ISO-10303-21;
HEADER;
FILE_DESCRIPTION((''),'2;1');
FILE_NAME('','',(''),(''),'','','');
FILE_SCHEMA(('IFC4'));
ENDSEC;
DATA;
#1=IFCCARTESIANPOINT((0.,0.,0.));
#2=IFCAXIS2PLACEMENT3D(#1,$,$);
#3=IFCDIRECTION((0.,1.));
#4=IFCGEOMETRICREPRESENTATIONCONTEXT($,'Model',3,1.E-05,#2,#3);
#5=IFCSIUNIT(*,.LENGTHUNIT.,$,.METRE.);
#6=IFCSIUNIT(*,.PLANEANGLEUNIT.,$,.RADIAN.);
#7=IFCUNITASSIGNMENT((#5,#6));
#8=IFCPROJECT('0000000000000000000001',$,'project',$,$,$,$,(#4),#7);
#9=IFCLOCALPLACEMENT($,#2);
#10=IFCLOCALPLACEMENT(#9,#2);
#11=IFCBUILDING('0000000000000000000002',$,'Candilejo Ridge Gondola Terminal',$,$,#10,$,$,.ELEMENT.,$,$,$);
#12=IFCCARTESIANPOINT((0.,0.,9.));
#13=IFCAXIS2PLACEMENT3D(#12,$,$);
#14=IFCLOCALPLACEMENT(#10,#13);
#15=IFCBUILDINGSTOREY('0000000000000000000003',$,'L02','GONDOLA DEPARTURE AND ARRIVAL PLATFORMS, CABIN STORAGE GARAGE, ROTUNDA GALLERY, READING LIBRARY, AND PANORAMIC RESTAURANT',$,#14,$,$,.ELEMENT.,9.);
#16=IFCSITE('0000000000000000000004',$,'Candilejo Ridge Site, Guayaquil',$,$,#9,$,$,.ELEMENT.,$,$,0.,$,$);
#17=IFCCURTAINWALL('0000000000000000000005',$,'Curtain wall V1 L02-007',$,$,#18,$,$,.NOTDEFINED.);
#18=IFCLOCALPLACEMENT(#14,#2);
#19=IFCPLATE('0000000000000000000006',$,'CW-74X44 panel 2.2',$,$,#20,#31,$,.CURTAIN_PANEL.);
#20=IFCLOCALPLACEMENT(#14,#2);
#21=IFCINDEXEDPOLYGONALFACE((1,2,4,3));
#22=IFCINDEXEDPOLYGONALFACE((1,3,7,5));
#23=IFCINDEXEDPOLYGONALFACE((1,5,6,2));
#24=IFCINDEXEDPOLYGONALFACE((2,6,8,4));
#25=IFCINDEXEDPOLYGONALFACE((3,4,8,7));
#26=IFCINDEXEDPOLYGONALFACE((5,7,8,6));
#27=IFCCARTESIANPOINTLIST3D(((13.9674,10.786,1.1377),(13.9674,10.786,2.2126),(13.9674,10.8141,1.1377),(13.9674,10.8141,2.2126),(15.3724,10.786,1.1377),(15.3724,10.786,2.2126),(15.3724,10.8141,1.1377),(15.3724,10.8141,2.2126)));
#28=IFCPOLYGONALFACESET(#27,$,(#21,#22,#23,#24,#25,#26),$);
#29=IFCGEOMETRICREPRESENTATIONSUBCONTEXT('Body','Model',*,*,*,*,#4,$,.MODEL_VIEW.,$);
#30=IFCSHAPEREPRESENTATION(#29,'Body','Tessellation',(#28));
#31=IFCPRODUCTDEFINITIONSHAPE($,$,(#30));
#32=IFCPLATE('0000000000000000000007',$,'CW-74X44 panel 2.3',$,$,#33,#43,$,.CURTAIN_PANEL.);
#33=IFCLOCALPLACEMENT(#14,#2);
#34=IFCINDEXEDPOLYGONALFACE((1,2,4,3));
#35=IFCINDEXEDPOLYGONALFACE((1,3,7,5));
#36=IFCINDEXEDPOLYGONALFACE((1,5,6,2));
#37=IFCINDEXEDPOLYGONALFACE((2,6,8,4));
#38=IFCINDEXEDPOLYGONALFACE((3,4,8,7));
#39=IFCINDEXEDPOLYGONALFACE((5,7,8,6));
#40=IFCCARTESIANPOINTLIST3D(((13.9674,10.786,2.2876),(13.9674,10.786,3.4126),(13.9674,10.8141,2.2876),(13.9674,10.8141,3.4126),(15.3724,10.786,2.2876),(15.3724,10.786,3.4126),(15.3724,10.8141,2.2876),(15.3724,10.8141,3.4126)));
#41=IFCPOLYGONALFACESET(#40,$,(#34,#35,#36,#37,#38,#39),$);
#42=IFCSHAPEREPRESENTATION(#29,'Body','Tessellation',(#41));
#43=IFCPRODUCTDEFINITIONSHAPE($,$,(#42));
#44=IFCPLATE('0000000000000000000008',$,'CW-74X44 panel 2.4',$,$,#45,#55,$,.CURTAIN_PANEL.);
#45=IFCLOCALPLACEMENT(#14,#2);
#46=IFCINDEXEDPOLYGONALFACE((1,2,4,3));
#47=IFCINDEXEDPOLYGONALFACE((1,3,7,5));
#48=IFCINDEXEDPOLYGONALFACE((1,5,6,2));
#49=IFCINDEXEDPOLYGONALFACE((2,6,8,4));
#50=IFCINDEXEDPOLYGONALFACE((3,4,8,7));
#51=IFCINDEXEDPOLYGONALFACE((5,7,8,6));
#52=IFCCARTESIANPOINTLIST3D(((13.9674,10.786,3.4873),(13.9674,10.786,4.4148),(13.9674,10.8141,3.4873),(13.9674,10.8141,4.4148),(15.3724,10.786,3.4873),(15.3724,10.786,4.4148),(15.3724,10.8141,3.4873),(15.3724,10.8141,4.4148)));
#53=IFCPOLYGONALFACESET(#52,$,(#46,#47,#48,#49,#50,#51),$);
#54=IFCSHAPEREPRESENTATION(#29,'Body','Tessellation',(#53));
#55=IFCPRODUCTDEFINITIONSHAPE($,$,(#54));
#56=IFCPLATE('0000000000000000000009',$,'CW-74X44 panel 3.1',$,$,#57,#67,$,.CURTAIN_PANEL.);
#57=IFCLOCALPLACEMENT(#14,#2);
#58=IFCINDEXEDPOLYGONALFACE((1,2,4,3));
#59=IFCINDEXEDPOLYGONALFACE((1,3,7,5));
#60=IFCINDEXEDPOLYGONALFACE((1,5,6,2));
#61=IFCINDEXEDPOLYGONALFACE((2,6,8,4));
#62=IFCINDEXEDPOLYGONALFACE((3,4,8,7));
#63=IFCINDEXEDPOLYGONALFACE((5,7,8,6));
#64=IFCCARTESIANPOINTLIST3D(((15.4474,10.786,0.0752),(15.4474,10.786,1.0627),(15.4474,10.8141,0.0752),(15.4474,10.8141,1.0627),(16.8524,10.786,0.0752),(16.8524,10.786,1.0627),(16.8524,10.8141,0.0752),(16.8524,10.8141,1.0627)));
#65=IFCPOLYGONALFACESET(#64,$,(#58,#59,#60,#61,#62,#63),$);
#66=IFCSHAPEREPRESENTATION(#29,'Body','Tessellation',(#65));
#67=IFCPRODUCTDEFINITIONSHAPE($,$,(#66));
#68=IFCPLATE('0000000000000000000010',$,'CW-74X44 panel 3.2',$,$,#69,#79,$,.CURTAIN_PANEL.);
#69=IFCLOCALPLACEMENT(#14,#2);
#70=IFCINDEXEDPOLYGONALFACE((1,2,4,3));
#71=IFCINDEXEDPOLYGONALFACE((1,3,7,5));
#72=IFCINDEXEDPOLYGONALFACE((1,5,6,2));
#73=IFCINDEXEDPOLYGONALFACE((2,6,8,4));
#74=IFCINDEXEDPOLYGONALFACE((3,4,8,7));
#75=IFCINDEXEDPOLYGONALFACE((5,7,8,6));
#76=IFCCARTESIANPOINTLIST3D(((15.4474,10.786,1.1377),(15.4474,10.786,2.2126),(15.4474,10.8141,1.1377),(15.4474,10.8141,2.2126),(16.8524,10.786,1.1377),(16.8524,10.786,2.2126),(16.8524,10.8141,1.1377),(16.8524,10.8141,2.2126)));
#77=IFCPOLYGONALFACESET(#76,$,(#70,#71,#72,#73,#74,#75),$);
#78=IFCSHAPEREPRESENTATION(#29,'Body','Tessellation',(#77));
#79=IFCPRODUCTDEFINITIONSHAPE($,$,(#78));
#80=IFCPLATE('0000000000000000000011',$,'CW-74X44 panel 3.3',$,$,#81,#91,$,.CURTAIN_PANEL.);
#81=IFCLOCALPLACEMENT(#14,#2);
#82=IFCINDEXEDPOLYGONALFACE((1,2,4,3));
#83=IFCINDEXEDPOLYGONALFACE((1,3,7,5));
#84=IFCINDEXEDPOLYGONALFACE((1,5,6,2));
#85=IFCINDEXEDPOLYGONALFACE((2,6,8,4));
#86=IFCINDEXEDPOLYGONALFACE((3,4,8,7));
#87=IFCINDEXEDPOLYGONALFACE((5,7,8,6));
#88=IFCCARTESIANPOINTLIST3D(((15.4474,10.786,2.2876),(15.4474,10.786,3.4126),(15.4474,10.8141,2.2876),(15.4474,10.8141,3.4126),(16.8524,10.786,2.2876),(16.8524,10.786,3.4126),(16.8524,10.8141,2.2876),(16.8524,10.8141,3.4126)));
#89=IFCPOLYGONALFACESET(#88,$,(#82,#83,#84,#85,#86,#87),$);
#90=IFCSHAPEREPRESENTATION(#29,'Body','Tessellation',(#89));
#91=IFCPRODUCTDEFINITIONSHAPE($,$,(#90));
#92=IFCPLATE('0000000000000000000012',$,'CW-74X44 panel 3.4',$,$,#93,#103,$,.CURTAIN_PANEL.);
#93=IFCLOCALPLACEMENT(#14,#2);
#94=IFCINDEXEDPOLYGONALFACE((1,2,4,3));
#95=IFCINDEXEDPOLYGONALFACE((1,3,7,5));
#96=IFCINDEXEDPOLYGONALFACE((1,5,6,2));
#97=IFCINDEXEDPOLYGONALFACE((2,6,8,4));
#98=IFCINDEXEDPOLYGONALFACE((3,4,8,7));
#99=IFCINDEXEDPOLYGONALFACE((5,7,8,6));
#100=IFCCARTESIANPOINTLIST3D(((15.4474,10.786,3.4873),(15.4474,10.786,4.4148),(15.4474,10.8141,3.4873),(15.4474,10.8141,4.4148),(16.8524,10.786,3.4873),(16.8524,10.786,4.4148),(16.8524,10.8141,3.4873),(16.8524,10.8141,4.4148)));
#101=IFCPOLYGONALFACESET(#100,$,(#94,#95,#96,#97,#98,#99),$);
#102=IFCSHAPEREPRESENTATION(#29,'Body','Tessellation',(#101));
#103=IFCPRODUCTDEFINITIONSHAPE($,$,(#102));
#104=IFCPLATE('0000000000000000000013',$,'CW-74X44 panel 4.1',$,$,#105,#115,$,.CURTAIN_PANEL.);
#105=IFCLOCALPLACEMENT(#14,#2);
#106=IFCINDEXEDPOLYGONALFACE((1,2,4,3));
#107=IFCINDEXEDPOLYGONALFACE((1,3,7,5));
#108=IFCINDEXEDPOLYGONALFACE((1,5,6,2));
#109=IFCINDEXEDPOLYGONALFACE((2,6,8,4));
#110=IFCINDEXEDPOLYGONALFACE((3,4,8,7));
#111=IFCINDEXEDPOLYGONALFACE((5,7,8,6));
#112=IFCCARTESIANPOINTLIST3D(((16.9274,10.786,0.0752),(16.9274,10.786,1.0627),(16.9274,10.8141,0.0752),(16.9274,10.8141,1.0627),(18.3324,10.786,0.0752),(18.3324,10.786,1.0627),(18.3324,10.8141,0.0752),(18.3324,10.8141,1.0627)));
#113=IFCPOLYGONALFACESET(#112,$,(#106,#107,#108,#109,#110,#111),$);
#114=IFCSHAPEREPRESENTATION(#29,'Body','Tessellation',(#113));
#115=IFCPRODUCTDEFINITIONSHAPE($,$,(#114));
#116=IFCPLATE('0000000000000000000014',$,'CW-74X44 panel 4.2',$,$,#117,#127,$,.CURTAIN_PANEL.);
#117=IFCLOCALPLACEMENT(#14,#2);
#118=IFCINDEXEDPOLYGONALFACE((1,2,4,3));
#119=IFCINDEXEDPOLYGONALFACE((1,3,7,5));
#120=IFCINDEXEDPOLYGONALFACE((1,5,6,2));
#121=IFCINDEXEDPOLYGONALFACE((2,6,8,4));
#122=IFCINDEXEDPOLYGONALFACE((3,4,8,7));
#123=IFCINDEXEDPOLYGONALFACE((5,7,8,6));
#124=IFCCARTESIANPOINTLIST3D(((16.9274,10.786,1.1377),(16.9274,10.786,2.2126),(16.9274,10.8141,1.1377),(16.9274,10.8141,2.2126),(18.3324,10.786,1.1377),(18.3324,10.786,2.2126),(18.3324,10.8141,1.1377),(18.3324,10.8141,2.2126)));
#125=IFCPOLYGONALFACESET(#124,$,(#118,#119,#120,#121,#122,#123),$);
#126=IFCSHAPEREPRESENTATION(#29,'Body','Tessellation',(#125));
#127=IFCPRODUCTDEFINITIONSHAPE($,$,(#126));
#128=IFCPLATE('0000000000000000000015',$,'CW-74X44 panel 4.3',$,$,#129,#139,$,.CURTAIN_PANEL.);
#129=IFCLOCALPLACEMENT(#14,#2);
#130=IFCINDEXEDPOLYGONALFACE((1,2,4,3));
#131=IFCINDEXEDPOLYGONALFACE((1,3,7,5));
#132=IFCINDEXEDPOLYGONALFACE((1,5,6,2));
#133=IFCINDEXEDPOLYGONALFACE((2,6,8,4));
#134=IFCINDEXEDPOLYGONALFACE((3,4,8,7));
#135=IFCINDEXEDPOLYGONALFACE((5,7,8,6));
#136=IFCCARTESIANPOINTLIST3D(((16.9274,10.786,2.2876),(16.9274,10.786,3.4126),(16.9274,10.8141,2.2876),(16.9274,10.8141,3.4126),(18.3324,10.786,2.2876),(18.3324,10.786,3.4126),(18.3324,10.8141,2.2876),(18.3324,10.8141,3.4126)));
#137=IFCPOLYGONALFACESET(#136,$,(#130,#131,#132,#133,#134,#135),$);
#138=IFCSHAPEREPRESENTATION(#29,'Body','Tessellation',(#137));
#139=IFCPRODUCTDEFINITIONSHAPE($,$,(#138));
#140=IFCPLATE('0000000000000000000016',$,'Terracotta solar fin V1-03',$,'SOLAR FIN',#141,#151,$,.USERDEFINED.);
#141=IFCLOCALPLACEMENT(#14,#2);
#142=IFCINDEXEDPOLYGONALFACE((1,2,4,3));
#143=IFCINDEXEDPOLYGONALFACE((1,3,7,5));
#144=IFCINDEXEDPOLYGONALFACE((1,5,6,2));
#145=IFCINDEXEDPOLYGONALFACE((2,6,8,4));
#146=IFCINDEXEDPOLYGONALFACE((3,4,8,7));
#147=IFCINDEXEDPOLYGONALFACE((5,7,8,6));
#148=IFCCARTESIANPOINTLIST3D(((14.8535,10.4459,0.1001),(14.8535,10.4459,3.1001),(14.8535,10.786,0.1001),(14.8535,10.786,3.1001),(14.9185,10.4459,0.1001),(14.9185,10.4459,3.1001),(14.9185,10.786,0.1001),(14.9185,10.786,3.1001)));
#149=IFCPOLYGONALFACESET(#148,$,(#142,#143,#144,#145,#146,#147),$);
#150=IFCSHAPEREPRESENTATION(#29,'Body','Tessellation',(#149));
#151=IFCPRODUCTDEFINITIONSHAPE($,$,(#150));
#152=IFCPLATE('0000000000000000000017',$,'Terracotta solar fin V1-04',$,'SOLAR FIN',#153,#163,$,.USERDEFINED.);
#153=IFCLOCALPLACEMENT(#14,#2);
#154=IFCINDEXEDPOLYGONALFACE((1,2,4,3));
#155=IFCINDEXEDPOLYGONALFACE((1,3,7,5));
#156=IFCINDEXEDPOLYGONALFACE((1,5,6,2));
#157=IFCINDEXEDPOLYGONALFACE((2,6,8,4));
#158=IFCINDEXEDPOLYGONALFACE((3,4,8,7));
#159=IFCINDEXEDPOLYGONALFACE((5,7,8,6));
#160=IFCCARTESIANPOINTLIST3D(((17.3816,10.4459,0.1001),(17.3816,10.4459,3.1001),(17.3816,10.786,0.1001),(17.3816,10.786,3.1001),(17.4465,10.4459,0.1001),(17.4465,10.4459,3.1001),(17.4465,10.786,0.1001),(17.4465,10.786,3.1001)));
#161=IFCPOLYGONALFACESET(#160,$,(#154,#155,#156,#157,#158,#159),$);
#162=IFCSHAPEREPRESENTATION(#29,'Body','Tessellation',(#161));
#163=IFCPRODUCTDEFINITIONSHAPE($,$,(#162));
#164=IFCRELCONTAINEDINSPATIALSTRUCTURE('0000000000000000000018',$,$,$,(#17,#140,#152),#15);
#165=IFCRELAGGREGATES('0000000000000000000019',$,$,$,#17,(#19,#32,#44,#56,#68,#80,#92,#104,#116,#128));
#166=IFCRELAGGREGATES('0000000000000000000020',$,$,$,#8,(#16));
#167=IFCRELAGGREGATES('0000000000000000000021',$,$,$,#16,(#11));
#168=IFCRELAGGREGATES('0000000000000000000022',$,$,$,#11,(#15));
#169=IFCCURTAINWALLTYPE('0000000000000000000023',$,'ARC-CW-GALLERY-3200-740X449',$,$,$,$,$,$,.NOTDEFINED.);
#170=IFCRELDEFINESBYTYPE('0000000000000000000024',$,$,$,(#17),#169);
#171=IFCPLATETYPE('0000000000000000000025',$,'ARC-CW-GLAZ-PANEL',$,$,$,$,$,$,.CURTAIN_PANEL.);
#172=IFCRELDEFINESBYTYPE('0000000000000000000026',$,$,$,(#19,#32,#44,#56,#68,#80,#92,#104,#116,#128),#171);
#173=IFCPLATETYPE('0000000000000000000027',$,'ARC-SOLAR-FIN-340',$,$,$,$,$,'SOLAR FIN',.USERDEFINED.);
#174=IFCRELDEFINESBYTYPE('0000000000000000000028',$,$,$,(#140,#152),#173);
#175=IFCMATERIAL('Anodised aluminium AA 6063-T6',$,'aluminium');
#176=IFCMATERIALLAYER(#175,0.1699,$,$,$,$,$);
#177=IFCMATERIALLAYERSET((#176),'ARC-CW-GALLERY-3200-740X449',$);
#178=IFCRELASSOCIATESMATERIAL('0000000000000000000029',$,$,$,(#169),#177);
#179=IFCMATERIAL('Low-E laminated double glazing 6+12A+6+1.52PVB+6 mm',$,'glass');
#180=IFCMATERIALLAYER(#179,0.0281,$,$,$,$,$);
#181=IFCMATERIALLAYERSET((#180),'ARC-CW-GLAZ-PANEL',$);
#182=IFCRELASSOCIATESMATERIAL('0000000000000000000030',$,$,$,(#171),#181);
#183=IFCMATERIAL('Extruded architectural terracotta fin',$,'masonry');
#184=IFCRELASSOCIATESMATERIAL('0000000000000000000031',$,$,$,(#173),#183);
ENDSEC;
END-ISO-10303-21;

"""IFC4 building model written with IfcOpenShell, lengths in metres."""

from ifc_helpers import new_model, si_unit, direction, frame, origin, origin_2d, place, context, subcontext, project, spatial, rectangle, extrude, material, layer, layer_set, type_object, element, aggregate, save


model = new_model("IFC4")

# Units and contexts
model_context = context("Model", 3, precision=1e-05, world=origin(), true_north=direction((0.0, 1.0)))
body_context = subcontext(model_context, "Body", "Model", "MODEL_VIEW")
ifc_project = project(units=[si_unit("LENGTHUNIT", "METRE"), si_unit("PLANEANGLEUNIT", "RADIAN")], contexts=[model_context])

# Site, building, storey
site_placement = place(None, origin())
site = spatial("IfcSite", under=ifc_project, at=site_placement, Name="Candilejo Ridge Site, Guayaquil", CompositionType="ELEMENT", RefElevation=0.0)
building_placement = place(site_placement, origin())
building = spatial("IfcBuilding", under=site, at=building_placement, Name="Candilejo Ridge Gondola Terminal", CompositionType="ELEMENT")
storey_placement = place(building_placement, frame((0.0, 0.0, 9.0)))
storey = spatial("IfcBuildingStorey", under=building, at=storey_placement, Name="L02", Description="GONDOLA DEPARTURE AND ARRIVAL PLATFORMS, CABIN STORAGE GARAGE, ROTUNDA GALLERY, READING LIBRARY, AND PANORAMIC RESTAURANT", CompositionType="ELEMENT", Elevation=9.0)

# Curtain wall, plates
ifc_material_1 = material(Name="Anodised aluminium AA 6063-T6", Category="aluminium")
ifc_layer_1 = layer(ifc_material_1, 0.1699)
ifc_layer_set_1 = layer_set([ifc_layer_1], Name="ARC-CW-GALLERY-3200-740X449")
curtain_wall_type = type_object("IfcCurtainWallType", Name="ARC-CW-GALLERY-3200-740X449", PredefinedType="NOTDEFINED", material=ifc_layer_set_1)
curtain_wall_placement = place(storey_placement, origin())
curtain_wall = element("IfcCurtainWall", 1, at=curtain_wall_placement, inside=storey, type_object=curtain_wall_type, Name="Curtain wall V1 L02-007", PredefinedType="NOTDEFINED")
ifc_material_2 = material(Name="Low-E laminated double glazing 6+12A+6+1.52PVB+6 mm", Category="glass")
ifc_layer_2 = layer(ifc_material_2, 0.0281)
ifc_layer_set_2 = layer_set([ifc_layer_2], Name="ARC-CW-GLAZ-PANEL")
plate_type_1 = type_object("IfcPlateType", Name="ARC-CW-GLAZ-PANEL", PredefinedType="CURTAIN_PANEL", material=ifc_layer_set_2)
plate_1_placement = place(storey_placement, frame((14.6699, 10.8, 1.1377), z_axis=(0.0, 0.0, 1.0), x_axis=(1.0, 0.0, 0.0)))
plate_1 = element("IfcPlate", 2, at=plate_1_placement, type_object=plate_type_1, Name="CW-74X44 panel 2.2", PredefinedType="CURTAIN_PANEL", context=body_context, shape_type="SweptSolid", body=[
    extrude(rectangle(XDim=1.405, YDim=0.0281, at=origin_2d()), origin(), (0.0, 0.0, 1.0), 1.075),
])
plate_2_placement = place(storey_placement, frame((14.6699, 10.8, 2.2876), z_axis=(0.0, 0.0, 1.0), x_axis=(1.0, 0.0, 0.0)))
plate_2 = element("IfcPlate", 3, at=plate_2_placement, type_object=plate_type_1, Name="CW-74X44 panel 2.3", PredefinedType="CURTAIN_PANEL", context=body_context, shape_type="SweptSolid", body=[
    extrude(rectangle(XDim=1.405, YDim=0.0281, at=origin_2d()), origin(), (0.0, 0.0, 1.0), 1.125),
])
plate_3_placement = place(storey_placement, frame((14.6699, 10.8, 3.4873), z_axis=(0.0, 0.0, 1.0), x_axis=(1.0, 0.0, 0.0)))
plate_3 = element("IfcPlate", 4, at=plate_3_placement, type_object=plate_type_1, Name="CW-74X44 panel 2.4", PredefinedType="CURTAIN_PANEL", context=body_context, shape_type="SweptSolid", body=[
    extrude(rectangle(XDim=1.405, YDim=0.0281, at=origin_2d()), origin(), (0.0, 0.0, 1.0), 0.9275),
])
plate_4_placement = place(storey_placement, frame((16.1499, 10.8, 0.0752), z_axis=(0.0, 0.0, 1.0), x_axis=(1.0, 0.0, 0.0)))
plate_4 = element("IfcPlate", 5, at=plate_4_placement, type_object=plate_type_1, Name="CW-74X44 panel 3.1", PredefinedType="CURTAIN_PANEL", context=body_context, shape_type="SweptSolid", body=[
    extrude(rectangle(XDim=1.405, YDim=0.0281, at=origin_2d()), origin(), (0.0, 0.0, 1.0), 0.9875),
])
plate_5_placement = place(storey_placement, frame((16.1499, 10.8, 1.1377), z_axis=(0.0, 0.0, 1.0), x_axis=(1.0, 0.0, 0.0)))
plate_5 = element("IfcPlate", 6, at=plate_5_placement, type_object=plate_type_1, Name="CW-74X44 panel 3.2", PredefinedType="CURTAIN_PANEL", context=body_context, shape_type="SweptSolid", body=[
    extrude(rectangle(XDim=1.405, YDim=0.0281, at=origin_2d()), origin(), (0.0, 0.0, 1.0), 1.075),
])
plate_6_placement = place(storey_placement, frame((16.1499, 10.8, 2.2876), z_axis=(0.0, 0.0, 1.0), x_axis=(1.0, 0.0, 0.0)))
plate_6 = element("IfcPlate", 7, at=plate_6_placement, type_object=plate_type_1, Name="CW-74X44 panel 3.3", PredefinedType="CURTAIN_PANEL", context=body_context, shape_type="SweptSolid", body=[
    extrude(rectangle(XDim=1.405, YDim=0.0281, at=origin_2d()), origin(), (0.0, 0.0, 1.0), 1.125),
])
plate_7_placement = place(storey_placement, frame((16.1499, 10.8, 3.4873), z_axis=(0.0, 0.0, 1.0), x_axis=(1.0, 0.0, 0.0)))
plate_7 = element("IfcPlate", 8, at=plate_7_placement, type_object=plate_type_1, Name="CW-74X44 panel 3.4", PredefinedType="CURTAIN_PANEL", context=body_context, shape_type="SweptSolid", body=[
    extrude(rectangle(XDim=1.405, YDim=0.0281, at=origin_2d()), origin(), (0.0, 0.0, 1.0), 0.9275),
])
plate_8_placement = place(storey_placement, frame((17.6299, 10.8, 0.0752), z_axis=(0.0, 0.0, 1.0), x_axis=(1.0, 0.0, 0.0)))
plate_8 = element("IfcPlate", 9, at=plate_8_placement, type_object=plate_type_1, Name="CW-74X44 panel 4.1", PredefinedType="CURTAIN_PANEL", context=body_context, shape_type="SweptSolid", body=[
    extrude(rectangle(XDim=1.405, YDim=0.0281, at=origin_2d()), origin(), (0.0, 0.0, 1.0), 0.9875),
])
plate_9_placement = place(storey_placement, frame((17.6299, 10.8, 1.1377), z_axis=(0.0, 0.0, 1.0), x_axis=(1.0, 0.0, 0.0)))
plate_9 = element("IfcPlate", 10, at=plate_9_placement, type_object=plate_type_1, Name="CW-74X44 panel 4.2", PredefinedType="CURTAIN_PANEL", context=body_context, shape_type="SweptSolid", body=[
    extrude(rectangle(XDim=1.405, YDim=0.0281, at=origin_2d()), origin(), (0.0, 0.0, 1.0), 1.075),
])
plate_10_placement = place(storey_placement, frame((17.6299, 10.8, 2.2876), z_axis=(0.0, 0.0, 1.0), x_axis=(1.0, 0.0, 0.0)))
plate_10 = element("IfcPlate", 11, at=plate_10_placement, type_object=plate_type_1, Name="CW-74X44 panel 4.3", PredefinedType="CURTAIN_PANEL", context=body_context, shape_type="SweptSolid", body=[
    extrude(rectangle(XDim=1.405, YDim=0.0281, at=origin_2d()), origin(), (0.0, 0.0, 1.0), 1.125),
])
aggregate(curtain_wall, [plate_1, plate_2, plate_3, plate_4, plate_5, plate_6, plate_7, plate_8, plate_9, plate_10])

# Plates
ifc_material_3 = material(Name="Extruded architectural terracotta fin", Category="masonry")
plate_type_2 = type_object("IfcPlateType", Name="ARC-SOLAR-FIN-340", ElementType="SOLAR FIN", PredefinedType="USERDEFINED", material=ifc_material_3)
for number, where, z_axis, x_axis, name in (
    (12, (14.886, 10.616, 0.1001), (0.0, 0.0, 1.0), (1.0, 0.0, 0.0), "Terracotta solar fin V1-03"),
    (13, (17.4141, 10.616, 0.1001), (0.0, 0.0, 1.0), (1.0, 0.0, 0.0), "Terracotta solar fin V1-04"),
):
    element("IfcPlate", number, at=place(storey_placement, frame(where, z_axis=z_axis, x_axis=x_axis)), inside=storey, type_object=plate_type_2, Name=name, ObjectType="SOLAR FIN", PredefinedType="USERDEFINED", context=body_context, shape_type="SweptSolid", body=[
        extrude(rectangle(XDim=0.0649, YDim=0.3401, at=origin_2d()), origin(), (0.0, 0.0, 1.0), 3.0),
    ])

save(model, "model.ifc")
